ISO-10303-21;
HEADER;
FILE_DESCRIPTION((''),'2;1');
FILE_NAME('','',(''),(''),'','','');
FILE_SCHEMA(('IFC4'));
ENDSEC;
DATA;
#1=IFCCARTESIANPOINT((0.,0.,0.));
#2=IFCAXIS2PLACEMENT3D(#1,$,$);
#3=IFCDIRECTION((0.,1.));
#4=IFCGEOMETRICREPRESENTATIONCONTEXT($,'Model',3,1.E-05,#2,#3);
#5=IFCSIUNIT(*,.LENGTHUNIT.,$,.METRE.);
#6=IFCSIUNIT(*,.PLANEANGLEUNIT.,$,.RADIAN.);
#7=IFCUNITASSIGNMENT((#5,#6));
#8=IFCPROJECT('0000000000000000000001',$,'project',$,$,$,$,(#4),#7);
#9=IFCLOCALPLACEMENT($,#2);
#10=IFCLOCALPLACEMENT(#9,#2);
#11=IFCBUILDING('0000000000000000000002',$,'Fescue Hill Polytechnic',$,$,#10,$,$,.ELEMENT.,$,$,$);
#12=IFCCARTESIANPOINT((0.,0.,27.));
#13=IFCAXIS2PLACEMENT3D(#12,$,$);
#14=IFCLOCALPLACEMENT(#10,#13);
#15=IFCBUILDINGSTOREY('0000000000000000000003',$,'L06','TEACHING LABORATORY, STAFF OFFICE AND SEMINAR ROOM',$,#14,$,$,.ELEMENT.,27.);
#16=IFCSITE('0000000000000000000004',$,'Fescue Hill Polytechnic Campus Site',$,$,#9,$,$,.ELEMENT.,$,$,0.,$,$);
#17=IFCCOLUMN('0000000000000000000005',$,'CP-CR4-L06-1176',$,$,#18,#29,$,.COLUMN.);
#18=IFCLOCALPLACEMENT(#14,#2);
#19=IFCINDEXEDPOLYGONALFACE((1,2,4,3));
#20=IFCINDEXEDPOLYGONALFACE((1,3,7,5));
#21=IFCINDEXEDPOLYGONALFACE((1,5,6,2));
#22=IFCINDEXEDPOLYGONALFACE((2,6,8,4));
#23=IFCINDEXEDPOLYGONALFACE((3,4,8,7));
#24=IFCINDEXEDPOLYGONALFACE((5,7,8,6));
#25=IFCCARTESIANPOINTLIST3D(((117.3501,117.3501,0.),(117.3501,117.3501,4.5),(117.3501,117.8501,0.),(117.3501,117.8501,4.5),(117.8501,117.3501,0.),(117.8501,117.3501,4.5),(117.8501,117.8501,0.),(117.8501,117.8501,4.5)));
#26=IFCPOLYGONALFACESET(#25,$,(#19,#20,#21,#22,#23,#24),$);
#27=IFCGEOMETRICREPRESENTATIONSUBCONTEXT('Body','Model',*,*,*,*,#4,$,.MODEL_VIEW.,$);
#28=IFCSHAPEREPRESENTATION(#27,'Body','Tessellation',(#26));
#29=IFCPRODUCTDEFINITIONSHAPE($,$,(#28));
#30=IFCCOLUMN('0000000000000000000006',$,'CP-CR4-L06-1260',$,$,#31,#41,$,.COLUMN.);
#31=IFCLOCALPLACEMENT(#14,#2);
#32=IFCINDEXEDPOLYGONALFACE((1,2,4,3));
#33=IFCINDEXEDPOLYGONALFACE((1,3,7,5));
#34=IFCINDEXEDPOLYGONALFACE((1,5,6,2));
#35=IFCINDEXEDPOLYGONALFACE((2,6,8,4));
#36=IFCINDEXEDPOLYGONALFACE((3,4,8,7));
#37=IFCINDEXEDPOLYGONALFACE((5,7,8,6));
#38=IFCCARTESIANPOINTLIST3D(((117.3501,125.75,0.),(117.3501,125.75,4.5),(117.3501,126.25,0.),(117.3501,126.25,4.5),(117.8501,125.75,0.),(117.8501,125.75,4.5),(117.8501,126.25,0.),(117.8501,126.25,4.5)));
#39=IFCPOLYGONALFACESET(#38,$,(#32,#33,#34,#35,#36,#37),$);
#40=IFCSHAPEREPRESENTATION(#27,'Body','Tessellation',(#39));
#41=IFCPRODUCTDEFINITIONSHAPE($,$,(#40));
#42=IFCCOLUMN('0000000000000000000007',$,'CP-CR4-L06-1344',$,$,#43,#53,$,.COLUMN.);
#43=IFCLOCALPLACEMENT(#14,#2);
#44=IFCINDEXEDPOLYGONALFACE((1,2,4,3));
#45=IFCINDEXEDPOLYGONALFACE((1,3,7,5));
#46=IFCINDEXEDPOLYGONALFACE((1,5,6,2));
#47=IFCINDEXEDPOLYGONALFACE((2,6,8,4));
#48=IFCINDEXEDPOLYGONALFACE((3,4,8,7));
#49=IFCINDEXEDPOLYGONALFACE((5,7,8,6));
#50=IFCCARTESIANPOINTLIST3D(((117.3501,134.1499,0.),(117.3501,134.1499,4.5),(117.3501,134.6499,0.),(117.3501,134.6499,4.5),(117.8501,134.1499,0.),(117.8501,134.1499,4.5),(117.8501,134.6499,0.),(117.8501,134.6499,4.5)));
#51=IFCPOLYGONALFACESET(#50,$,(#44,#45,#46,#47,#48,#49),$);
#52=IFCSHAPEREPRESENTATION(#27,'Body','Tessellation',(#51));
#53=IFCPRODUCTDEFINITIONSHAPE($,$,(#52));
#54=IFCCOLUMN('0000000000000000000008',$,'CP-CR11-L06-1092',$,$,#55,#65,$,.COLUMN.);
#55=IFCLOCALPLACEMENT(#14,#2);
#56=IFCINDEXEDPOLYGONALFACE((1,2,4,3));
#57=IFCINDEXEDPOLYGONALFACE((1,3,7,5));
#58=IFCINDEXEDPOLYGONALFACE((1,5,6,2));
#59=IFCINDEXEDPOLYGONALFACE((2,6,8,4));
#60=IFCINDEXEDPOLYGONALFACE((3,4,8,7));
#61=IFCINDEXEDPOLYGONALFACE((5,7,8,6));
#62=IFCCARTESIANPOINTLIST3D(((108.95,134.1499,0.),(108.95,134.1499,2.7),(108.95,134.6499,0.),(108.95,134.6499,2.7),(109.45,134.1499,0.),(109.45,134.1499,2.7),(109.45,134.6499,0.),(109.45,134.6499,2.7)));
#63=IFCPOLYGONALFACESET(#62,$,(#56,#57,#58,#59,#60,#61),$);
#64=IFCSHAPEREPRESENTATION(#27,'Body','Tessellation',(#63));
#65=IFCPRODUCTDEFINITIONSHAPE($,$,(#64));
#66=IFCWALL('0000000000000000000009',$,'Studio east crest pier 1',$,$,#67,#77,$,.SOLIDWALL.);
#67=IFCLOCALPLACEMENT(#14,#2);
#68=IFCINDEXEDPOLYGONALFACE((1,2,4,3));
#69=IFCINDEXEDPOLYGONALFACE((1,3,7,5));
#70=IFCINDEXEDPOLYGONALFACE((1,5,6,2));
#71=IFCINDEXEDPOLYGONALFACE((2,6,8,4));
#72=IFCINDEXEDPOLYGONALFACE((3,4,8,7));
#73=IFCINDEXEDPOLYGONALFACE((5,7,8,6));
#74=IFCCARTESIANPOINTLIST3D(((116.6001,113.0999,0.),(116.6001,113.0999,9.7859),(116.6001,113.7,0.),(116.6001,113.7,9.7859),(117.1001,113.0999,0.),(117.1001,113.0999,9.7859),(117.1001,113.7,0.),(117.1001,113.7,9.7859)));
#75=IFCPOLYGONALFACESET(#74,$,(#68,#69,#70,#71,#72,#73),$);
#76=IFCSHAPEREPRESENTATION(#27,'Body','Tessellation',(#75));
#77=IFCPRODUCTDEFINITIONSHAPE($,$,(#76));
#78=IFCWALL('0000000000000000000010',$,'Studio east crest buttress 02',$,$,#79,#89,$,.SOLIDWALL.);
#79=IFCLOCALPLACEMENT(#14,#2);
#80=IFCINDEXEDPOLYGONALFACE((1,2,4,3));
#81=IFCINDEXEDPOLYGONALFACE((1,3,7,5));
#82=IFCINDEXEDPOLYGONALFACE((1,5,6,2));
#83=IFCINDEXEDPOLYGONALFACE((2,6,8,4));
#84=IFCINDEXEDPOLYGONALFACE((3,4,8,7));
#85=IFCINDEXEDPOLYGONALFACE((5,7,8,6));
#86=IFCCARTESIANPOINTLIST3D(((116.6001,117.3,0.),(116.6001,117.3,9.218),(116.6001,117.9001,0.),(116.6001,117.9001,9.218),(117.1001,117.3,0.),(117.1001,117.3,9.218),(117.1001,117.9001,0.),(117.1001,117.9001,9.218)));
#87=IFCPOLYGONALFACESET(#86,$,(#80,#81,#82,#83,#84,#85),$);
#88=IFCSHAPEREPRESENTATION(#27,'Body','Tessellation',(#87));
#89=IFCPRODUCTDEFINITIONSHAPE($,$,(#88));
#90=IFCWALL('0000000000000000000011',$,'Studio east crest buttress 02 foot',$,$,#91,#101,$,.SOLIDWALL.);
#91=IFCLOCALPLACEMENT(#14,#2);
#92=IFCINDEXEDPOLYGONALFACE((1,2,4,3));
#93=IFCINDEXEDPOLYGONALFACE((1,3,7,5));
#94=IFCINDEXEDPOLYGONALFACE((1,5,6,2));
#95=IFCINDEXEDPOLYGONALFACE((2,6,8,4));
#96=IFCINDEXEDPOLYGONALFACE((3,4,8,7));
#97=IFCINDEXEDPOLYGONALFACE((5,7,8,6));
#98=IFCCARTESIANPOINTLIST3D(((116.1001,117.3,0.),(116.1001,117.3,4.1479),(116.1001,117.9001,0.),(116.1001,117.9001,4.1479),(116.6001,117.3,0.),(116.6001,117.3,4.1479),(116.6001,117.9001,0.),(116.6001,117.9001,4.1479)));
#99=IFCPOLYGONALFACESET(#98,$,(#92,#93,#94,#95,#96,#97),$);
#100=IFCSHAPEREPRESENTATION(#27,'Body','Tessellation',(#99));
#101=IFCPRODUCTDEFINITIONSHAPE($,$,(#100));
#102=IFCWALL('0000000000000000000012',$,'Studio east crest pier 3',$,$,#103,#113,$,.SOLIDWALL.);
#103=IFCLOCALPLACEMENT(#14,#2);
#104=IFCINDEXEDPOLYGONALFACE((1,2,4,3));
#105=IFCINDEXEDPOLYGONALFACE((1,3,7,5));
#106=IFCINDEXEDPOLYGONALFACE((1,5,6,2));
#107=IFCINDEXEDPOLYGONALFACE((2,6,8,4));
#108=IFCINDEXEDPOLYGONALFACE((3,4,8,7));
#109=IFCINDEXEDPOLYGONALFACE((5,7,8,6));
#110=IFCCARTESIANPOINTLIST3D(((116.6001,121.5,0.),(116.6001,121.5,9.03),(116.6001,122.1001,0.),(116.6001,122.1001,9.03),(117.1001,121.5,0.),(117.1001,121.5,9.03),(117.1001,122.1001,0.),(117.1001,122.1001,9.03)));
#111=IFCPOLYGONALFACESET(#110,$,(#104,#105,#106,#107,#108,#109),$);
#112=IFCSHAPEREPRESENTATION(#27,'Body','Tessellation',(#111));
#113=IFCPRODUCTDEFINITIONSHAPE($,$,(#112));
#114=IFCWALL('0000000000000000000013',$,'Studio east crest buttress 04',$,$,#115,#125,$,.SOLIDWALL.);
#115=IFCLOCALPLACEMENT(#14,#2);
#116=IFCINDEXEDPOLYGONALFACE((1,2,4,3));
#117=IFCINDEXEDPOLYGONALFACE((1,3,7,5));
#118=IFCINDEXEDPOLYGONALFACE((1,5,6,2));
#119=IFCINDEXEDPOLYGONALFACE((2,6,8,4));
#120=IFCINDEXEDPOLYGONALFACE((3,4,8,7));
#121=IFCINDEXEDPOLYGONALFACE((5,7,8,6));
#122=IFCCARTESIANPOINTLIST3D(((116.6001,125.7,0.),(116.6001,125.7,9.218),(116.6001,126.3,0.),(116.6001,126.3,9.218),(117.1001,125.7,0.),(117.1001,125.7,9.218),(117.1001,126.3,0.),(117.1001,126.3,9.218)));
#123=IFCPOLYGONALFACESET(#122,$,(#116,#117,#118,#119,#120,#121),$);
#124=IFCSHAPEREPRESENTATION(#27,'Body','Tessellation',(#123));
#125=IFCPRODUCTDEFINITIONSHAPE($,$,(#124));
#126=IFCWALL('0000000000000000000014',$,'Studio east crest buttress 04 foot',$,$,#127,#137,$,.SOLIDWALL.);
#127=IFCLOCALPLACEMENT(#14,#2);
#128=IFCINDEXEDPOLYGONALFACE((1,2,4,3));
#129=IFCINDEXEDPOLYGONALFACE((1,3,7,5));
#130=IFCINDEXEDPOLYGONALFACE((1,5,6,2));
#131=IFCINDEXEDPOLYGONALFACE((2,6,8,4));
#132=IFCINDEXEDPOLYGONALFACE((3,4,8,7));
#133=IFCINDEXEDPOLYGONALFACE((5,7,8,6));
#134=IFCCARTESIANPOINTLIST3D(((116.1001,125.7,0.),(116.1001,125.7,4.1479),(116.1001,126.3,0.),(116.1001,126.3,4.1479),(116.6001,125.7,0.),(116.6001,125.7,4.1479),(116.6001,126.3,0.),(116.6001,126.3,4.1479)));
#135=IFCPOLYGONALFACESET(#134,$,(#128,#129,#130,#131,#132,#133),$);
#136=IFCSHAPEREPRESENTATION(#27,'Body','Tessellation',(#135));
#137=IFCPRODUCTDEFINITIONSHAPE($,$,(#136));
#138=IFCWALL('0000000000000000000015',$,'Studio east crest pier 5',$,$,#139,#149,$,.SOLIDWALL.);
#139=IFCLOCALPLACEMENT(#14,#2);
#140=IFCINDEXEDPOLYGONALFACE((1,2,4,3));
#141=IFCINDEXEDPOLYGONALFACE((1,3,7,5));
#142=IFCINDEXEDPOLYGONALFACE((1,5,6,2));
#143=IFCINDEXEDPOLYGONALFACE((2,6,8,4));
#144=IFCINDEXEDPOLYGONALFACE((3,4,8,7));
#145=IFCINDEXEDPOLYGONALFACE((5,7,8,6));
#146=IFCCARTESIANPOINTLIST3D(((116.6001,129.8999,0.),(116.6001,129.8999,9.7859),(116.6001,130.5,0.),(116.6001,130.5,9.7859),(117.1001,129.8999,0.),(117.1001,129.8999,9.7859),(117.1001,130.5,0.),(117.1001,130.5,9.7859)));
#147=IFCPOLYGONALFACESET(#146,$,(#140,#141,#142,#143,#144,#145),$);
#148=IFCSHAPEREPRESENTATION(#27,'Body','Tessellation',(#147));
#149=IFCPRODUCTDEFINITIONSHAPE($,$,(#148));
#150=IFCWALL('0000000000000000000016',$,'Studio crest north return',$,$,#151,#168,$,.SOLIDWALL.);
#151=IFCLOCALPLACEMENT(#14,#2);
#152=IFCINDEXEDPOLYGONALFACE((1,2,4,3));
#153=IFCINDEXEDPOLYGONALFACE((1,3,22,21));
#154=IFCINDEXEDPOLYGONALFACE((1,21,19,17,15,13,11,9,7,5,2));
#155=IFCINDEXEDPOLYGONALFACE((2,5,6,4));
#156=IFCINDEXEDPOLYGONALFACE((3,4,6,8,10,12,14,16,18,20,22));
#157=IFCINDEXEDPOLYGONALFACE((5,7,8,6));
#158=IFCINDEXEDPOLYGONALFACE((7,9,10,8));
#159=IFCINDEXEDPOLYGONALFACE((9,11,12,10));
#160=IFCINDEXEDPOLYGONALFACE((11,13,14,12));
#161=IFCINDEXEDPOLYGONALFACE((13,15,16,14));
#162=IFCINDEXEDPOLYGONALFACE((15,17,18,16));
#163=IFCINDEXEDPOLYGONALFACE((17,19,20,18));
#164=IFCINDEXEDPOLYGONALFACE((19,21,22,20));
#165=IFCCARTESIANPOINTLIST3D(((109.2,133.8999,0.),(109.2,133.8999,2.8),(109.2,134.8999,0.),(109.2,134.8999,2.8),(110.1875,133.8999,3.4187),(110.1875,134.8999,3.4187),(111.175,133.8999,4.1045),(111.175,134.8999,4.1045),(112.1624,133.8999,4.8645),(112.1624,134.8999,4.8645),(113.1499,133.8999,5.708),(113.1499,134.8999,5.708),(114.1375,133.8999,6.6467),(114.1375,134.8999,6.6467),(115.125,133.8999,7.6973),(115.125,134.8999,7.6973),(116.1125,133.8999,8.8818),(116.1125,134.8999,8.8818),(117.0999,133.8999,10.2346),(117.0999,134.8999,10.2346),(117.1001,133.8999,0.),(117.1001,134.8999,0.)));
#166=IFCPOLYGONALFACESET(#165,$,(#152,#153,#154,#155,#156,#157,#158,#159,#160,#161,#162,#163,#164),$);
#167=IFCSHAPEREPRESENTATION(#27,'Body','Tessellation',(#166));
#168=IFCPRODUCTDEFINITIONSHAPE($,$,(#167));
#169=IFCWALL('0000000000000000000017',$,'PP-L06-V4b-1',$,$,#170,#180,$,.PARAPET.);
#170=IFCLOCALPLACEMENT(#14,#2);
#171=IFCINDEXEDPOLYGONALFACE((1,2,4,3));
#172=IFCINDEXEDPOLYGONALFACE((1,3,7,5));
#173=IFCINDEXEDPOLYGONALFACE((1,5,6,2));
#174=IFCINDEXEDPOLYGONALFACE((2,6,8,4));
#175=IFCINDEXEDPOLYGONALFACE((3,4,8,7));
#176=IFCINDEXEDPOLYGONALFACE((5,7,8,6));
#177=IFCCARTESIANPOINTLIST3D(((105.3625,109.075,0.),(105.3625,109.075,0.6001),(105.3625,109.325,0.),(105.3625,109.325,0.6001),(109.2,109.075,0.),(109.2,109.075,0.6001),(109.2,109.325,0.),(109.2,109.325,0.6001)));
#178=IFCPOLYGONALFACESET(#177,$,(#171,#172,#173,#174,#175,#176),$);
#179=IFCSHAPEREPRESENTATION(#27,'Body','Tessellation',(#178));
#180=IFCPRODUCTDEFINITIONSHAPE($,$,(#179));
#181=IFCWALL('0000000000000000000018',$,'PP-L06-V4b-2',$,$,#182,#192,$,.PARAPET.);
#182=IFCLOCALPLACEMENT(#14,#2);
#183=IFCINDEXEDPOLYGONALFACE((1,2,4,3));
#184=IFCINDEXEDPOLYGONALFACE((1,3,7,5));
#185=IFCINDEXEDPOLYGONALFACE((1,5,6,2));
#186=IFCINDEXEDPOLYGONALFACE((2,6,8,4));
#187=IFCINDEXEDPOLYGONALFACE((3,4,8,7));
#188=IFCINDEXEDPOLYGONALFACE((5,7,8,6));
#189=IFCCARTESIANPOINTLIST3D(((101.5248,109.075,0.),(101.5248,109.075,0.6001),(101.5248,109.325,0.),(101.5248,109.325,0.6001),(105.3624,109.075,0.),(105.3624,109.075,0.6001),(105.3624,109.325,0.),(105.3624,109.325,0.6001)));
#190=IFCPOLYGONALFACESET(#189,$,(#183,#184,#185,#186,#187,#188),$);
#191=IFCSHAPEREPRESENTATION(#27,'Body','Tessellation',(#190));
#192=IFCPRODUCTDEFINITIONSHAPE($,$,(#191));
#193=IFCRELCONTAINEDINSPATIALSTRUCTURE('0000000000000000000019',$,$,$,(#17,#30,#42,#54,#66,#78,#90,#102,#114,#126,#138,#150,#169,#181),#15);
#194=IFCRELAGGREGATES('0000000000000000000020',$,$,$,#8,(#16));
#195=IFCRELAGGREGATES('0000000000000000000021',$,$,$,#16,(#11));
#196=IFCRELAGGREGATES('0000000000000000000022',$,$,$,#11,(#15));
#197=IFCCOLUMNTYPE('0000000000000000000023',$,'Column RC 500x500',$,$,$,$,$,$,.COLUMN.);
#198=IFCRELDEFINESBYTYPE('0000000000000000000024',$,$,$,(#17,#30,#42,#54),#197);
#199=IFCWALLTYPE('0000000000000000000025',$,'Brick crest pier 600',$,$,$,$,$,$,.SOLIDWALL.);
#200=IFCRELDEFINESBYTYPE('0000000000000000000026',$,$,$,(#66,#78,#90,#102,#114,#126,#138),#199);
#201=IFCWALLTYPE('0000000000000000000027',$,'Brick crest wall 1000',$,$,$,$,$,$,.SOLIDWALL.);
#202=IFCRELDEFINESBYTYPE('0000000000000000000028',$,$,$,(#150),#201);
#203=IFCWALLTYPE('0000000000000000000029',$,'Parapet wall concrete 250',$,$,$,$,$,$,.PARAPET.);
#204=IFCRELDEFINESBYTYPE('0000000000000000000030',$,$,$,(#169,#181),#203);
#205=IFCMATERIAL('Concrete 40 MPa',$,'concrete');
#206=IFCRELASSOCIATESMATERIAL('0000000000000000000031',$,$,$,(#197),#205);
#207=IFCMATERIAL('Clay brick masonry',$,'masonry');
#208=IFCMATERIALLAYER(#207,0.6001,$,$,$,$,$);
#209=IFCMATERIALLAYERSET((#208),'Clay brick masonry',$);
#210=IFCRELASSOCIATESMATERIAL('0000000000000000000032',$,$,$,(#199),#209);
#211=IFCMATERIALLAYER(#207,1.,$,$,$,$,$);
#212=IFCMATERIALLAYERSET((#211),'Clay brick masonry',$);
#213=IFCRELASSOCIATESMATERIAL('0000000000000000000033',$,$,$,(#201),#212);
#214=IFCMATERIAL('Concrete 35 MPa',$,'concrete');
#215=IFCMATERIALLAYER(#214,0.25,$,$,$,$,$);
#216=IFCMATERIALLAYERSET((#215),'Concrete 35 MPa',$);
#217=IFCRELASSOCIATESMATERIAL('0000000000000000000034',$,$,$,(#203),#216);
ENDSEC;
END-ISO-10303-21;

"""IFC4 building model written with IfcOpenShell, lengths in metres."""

from ifc_helpers import new_model, si_unit, direction, frame, frame_2d, origin, origin_2d, place, context, subcontext, project, spatial, polyline, rectangle, outline, extrude, material, layer, layer_set, material_profile, profile_set, type_object, element, save


model = new_model("IFC4")

# Units and contexts
model_context = context("Model", 3, precision=1e-05, world=origin(), true_north=direction((0.0, 1.0)))
body_context = subcontext(model_context, "Body", "Model", "MODEL_VIEW")
ifc_project = project(units=[si_unit("LENGTHUNIT", "METRE"), si_unit("PLANEANGLEUNIT", "RADIAN")], contexts=[model_context])

# Site, building, storey
site_placement = place(None, origin())
site = spatial("IfcSite", under=ifc_project, at=site_placement, Name="Fescue Hill Polytechnic Campus Site", CompositionType="ELEMENT", RefElevation=0.0)
building_placement = place(site_placement, origin())
building = spatial("IfcBuilding", under=site, at=building_placement, Name="Fescue Hill Polytechnic", CompositionType="ELEMENT")
storey_placement = place(building_placement, frame((0.0, 0.0, 27.0)))
storey = spatial("IfcBuildingStorey", under=building, at=storey_placement, Name="L06", Description="TEACHING LABORATORY, STAFF OFFICE AND SEMINAR ROOM", CompositionType="ELEMENT", Elevation=27.0)

# Columns
ifc_material_1 = material(Name="Concrete 40 MPa", Category="concrete")
ifc_material_profile = material_profile(ifc_material_1, rectangle(XDim=0.5, YDim=0.5, at=origin_2d()), Name="RC 500x500")
ifc_profile_set = profile_set([ifc_material_profile], Name="Concrete 40 MPa")
column_type = type_object("IfcColumnType", Name="Column RC 500x500", PredefinedType="COLUMN", material=ifc_profile_set)
for number, where, z_axis, x_axis, name in (
    (1, (117.6001, 117.6001, 0.0), (0.0, 0.0, 1.0), (1.0, 0.0, 0.0), "CP-CR4-L06-1176"),
    (2, (117.6001, 126.0, 0.0), (0.0, 0.0, 1.0), (1.0, 0.0, 0.0), "CP-CR4-L06-1260"),
    (3, (117.6001, 134.3999, 0.0), (0.0, 0.0, 1.0), (1.0, 0.0, 0.0), "CP-CR4-L06-1344"),
):
    element("IfcColumn", number, at=place(storey_placement, frame(where, z_axis=z_axis, x_axis=x_axis)), inside=storey, type_object=column_type, Name=name, PredefinedType="COLUMN", context=body_context, shape_type="SweptSolid", body=[
        extrude(rectangle(XDim=0.5, YDim=0.5, at=origin_2d()), origin(), (0.0, 0.0, 1.0), 4.5),
    ])
column_placement = place(storey_placement, frame((109.2, 134.3999, 0.0), z_axis=(0.0, 0.0, 1.0), x_axis=(1.0, 0.0, 0.0)))
element("IfcColumn", 4, at=column_placement, inside=storey, type_object=column_type, Name="CP-CR11-L06-1092", PredefinedType="COLUMN", context=body_context, shape_type="SweptSolid", body=[
    extrude(rectangle(XDim=0.5, YDim=0.5, at=origin_2d()), origin(), (0.0, 0.0, 1.0), 2.7),
])

# Walls
ifc_material_2 = material(Name="Clay brick masonry", Category="masonry")
ifc_layer_1 = layer(ifc_material_2, 0.6001)
ifc_layer_set_1 = layer_set([ifc_layer_1], Name="Clay brick masonry")
wall_type_1 = type_object("IfcWallType", Name="Brick crest pier 600", PredefinedType="SOLIDWALL", material=ifc_layer_set_1)
wall_1_placement = place(storey_placement, frame((117.1001, 113.3999, 0.0), z_axis=(0.0, 0.0, 1.0), x_axis=(-1.0, 0.0, 0.0)))
element("IfcWall", 5, at=wall_1_placement, inside=storey, type_object=wall_type_1, Name="Studio east crest pier 1", PredefinedType="SOLIDWALL", context=body_context, shape_type="SweptSolid", body=[
    extrude(rectangle(XDim=0.5, YDim=0.6001, at=frame_2d((0.25, 0.0))), origin(), (0.0, 0.0, 1.0), 9.7859),
])
wall_2_placement = place(storey_placement, frame((117.1001, 117.6001, 0.0), z_axis=(0.0, 0.0, 1.0), x_axis=(-1.0, 0.0, 0.0)))
element("IfcWall", 6, at=wall_2_placement, inside=storey, type_object=wall_type_1, Name="Studio east crest buttress 02", PredefinedType="SOLIDWALL", context=body_context, shape_type="SweptSolid", body=[
    extrude(rectangle(XDim=0.5, YDim=0.6001, at=frame_2d((0.25, 0.0))), origin(), (0.0, 0.0, 1.0), 9.218),
])
wall_3_placement = place(storey_placement, frame((116.6001, 117.6001, 0.0), z_axis=(0.0, 0.0, 1.0), x_axis=(-1.0, 0.0, 0.0)))
element("IfcWall", 7, at=wall_3_placement, inside=storey, type_object=wall_type_1, Name="Studio east crest buttress 02 foot", PredefinedType="SOLIDWALL", context=body_context, shape_type="SweptSolid", body=[
    extrude(rectangle(XDim=0.5, YDim=0.6001, at=frame_2d((0.25, 0.0))), origin(), (0.0, 0.0, 1.0), 4.1479),
])
wall_4_placement = place(storey_placement, frame((117.1001, 121.8, 0.0), z_axis=(0.0, 0.0, 1.0), x_axis=(-1.0, 0.0, 0.0)))
element("IfcWall", 8, at=wall_4_placement, inside=storey, type_object=wall_type_1, Name="Studio east crest pier 3", PredefinedType="SOLIDWALL", context=body_context, shape_type="SweptSolid", body=[
    extrude(rectangle(XDim=0.5, YDim=0.6001, at=frame_2d((0.25, 0.0))), origin(), (0.0, 0.0, 1.0), 9.03),
])
wall_5_placement = place(storey_placement, frame((117.1001, 126.0, 0.0), z_axis=(0.0, 0.0, 1.0), x_axis=(-1.0, 0.0, 0.0)))
element("IfcWall", 9, at=wall_5_placement, inside=storey, type_object=wall_type_1, Name="Studio east crest buttress 04", PredefinedType="SOLIDWALL", context=body_context, shape_type="SweptSolid", body=[
    extrude(rectangle(XDim=0.5, YDim=0.6001, at=frame_2d((0.25, 0.0))), origin(), (0.0, 0.0, 1.0), 9.218),
])
wall_6_placement = place(storey_placement, frame((116.6001, 126.0, 0.0), z_axis=(0.0, 0.0, 1.0), x_axis=(-1.0, 0.0, 0.0)))
element("IfcWall", 10, at=wall_6_placement, inside=storey, type_object=wall_type_1, Name="Studio east crest buttress 04 foot", PredefinedType="SOLIDWALL", context=body_context, shape_type="SweptSolid", body=[
    extrude(rectangle(XDim=0.5, YDim=0.6001, at=frame_2d((0.25, 0.0))), origin(), (0.0, 0.0, 1.0), 4.1479),
])
wall_7_placement = place(storey_placement, frame((117.1001, 130.2, 0.0), z_axis=(0.0, 0.0, 1.0), x_axis=(-1.0, 0.0, 0.0)))
element("IfcWall", 11, at=wall_7_placement, inside=storey, type_object=wall_type_1, Name="Studio east crest pier 5", PredefinedType="SOLIDWALL", context=body_context, shape_type="SweptSolid", body=[
    extrude(rectangle(XDim=0.5, YDim=0.6001, at=frame_2d((0.25, 0.0))), origin(), (0.0, 0.0, 1.0), 9.7859),
])
ifc_layer_2 = layer(ifc_material_2, 1.0)
ifc_layer_set_2 = layer_set([ifc_layer_2], Name="Clay brick masonry")
wall_type_2 = type_object("IfcWallType", Name="Brick crest wall 1000", PredefinedType="SOLIDWALL", material=ifc_layer_set_2)
wall_8_placement = place(storey_placement, frame((109.2, 134.3999, 0.0), z_axis=(0.0, 0.0, 1.0), x_axis=(1.0, 0.0, 0.0)))
element("IfcWall", 12, at=wall_8_placement, inside=storey, type_object=wall_type_2, Name="Studio crest north return", PredefinedType="SOLIDWALL", context=body_context, shape_type="SweptSolid", body=[
    extrude(outline(polyline([(0.0, 0.0), (7.9001, 0.0), (7.8999, 10.2346), (6.9126, 8.8818), (5.925, 7.6973), (4.9375, 6.6467), (3.95, 5.708), (2.9624, 4.8645), (1.9751, 4.1045), (0.9875, 3.4187), (0.0, 2.8), (0.0, 0.0)])), frame((0.0, 0.5, 0.0), z_axis=(0.0, -1.0, 0.0), x_axis=(1.0, 0.0, 0.0)), (0.0, 0.0, 1.0), 1.0),
])
ifc_material_3 = material(Name="Concrete 35 MPa", Category="concrete")
ifc_layer_3 = layer(ifc_material_3, 0.25)
ifc_layer_set_3 = layer_set([ifc_layer_3], Name="Concrete 35 MPa")
wall_type_3 = type_object("IfcWallType", Name="Parapet wall concrete 250", PredefinedType="PARAPET", material=ifc_layer_set_3)
wall_9_placement = place(storey_placement, frame((109.2, 109.2, 0.0), z_axis=(0.0, 0.0, 1.0), x_axis=(-1.0, 0.0, 0.0)))
element("IfcWall", 13, at=wall_9_placement, inside=storey, type_object=wall_type_3, Name="PP-L06-V4b-1", PredefinedType="PARAPET", context=body_context, shape_type="SweptSolid", body=[
    extrude(rectangle(XDim=3.8374, YDim=0.25, at=frame_2d((1.9187, 0.0))), origin(), (0.0, 0.0, 1.0), 0.6001),
])
wall_10_placement = place(storey_placement, frame((105.3625, 109.2, 0.0), z_axis=(0.0, 0.0, 1.0), x_axis=(-1.0, 0.0, 0.0)))
element("IfcWall", 14, at=wall_10_placement, inside=storey, type_object=wall_type_3, Name="PP-L06-V4b-2", PredefinedType="PARAPET", context=body_context, shape_type="SweptSolid", body=[
    extrude(rectangle(XDim=3.8376, YDim=0.25, at=frame_2d((1.9189, 0.0))), origin(), (0.0, 0.0, 1.0), 0.6001),
])

save(model, "model.ifc")
